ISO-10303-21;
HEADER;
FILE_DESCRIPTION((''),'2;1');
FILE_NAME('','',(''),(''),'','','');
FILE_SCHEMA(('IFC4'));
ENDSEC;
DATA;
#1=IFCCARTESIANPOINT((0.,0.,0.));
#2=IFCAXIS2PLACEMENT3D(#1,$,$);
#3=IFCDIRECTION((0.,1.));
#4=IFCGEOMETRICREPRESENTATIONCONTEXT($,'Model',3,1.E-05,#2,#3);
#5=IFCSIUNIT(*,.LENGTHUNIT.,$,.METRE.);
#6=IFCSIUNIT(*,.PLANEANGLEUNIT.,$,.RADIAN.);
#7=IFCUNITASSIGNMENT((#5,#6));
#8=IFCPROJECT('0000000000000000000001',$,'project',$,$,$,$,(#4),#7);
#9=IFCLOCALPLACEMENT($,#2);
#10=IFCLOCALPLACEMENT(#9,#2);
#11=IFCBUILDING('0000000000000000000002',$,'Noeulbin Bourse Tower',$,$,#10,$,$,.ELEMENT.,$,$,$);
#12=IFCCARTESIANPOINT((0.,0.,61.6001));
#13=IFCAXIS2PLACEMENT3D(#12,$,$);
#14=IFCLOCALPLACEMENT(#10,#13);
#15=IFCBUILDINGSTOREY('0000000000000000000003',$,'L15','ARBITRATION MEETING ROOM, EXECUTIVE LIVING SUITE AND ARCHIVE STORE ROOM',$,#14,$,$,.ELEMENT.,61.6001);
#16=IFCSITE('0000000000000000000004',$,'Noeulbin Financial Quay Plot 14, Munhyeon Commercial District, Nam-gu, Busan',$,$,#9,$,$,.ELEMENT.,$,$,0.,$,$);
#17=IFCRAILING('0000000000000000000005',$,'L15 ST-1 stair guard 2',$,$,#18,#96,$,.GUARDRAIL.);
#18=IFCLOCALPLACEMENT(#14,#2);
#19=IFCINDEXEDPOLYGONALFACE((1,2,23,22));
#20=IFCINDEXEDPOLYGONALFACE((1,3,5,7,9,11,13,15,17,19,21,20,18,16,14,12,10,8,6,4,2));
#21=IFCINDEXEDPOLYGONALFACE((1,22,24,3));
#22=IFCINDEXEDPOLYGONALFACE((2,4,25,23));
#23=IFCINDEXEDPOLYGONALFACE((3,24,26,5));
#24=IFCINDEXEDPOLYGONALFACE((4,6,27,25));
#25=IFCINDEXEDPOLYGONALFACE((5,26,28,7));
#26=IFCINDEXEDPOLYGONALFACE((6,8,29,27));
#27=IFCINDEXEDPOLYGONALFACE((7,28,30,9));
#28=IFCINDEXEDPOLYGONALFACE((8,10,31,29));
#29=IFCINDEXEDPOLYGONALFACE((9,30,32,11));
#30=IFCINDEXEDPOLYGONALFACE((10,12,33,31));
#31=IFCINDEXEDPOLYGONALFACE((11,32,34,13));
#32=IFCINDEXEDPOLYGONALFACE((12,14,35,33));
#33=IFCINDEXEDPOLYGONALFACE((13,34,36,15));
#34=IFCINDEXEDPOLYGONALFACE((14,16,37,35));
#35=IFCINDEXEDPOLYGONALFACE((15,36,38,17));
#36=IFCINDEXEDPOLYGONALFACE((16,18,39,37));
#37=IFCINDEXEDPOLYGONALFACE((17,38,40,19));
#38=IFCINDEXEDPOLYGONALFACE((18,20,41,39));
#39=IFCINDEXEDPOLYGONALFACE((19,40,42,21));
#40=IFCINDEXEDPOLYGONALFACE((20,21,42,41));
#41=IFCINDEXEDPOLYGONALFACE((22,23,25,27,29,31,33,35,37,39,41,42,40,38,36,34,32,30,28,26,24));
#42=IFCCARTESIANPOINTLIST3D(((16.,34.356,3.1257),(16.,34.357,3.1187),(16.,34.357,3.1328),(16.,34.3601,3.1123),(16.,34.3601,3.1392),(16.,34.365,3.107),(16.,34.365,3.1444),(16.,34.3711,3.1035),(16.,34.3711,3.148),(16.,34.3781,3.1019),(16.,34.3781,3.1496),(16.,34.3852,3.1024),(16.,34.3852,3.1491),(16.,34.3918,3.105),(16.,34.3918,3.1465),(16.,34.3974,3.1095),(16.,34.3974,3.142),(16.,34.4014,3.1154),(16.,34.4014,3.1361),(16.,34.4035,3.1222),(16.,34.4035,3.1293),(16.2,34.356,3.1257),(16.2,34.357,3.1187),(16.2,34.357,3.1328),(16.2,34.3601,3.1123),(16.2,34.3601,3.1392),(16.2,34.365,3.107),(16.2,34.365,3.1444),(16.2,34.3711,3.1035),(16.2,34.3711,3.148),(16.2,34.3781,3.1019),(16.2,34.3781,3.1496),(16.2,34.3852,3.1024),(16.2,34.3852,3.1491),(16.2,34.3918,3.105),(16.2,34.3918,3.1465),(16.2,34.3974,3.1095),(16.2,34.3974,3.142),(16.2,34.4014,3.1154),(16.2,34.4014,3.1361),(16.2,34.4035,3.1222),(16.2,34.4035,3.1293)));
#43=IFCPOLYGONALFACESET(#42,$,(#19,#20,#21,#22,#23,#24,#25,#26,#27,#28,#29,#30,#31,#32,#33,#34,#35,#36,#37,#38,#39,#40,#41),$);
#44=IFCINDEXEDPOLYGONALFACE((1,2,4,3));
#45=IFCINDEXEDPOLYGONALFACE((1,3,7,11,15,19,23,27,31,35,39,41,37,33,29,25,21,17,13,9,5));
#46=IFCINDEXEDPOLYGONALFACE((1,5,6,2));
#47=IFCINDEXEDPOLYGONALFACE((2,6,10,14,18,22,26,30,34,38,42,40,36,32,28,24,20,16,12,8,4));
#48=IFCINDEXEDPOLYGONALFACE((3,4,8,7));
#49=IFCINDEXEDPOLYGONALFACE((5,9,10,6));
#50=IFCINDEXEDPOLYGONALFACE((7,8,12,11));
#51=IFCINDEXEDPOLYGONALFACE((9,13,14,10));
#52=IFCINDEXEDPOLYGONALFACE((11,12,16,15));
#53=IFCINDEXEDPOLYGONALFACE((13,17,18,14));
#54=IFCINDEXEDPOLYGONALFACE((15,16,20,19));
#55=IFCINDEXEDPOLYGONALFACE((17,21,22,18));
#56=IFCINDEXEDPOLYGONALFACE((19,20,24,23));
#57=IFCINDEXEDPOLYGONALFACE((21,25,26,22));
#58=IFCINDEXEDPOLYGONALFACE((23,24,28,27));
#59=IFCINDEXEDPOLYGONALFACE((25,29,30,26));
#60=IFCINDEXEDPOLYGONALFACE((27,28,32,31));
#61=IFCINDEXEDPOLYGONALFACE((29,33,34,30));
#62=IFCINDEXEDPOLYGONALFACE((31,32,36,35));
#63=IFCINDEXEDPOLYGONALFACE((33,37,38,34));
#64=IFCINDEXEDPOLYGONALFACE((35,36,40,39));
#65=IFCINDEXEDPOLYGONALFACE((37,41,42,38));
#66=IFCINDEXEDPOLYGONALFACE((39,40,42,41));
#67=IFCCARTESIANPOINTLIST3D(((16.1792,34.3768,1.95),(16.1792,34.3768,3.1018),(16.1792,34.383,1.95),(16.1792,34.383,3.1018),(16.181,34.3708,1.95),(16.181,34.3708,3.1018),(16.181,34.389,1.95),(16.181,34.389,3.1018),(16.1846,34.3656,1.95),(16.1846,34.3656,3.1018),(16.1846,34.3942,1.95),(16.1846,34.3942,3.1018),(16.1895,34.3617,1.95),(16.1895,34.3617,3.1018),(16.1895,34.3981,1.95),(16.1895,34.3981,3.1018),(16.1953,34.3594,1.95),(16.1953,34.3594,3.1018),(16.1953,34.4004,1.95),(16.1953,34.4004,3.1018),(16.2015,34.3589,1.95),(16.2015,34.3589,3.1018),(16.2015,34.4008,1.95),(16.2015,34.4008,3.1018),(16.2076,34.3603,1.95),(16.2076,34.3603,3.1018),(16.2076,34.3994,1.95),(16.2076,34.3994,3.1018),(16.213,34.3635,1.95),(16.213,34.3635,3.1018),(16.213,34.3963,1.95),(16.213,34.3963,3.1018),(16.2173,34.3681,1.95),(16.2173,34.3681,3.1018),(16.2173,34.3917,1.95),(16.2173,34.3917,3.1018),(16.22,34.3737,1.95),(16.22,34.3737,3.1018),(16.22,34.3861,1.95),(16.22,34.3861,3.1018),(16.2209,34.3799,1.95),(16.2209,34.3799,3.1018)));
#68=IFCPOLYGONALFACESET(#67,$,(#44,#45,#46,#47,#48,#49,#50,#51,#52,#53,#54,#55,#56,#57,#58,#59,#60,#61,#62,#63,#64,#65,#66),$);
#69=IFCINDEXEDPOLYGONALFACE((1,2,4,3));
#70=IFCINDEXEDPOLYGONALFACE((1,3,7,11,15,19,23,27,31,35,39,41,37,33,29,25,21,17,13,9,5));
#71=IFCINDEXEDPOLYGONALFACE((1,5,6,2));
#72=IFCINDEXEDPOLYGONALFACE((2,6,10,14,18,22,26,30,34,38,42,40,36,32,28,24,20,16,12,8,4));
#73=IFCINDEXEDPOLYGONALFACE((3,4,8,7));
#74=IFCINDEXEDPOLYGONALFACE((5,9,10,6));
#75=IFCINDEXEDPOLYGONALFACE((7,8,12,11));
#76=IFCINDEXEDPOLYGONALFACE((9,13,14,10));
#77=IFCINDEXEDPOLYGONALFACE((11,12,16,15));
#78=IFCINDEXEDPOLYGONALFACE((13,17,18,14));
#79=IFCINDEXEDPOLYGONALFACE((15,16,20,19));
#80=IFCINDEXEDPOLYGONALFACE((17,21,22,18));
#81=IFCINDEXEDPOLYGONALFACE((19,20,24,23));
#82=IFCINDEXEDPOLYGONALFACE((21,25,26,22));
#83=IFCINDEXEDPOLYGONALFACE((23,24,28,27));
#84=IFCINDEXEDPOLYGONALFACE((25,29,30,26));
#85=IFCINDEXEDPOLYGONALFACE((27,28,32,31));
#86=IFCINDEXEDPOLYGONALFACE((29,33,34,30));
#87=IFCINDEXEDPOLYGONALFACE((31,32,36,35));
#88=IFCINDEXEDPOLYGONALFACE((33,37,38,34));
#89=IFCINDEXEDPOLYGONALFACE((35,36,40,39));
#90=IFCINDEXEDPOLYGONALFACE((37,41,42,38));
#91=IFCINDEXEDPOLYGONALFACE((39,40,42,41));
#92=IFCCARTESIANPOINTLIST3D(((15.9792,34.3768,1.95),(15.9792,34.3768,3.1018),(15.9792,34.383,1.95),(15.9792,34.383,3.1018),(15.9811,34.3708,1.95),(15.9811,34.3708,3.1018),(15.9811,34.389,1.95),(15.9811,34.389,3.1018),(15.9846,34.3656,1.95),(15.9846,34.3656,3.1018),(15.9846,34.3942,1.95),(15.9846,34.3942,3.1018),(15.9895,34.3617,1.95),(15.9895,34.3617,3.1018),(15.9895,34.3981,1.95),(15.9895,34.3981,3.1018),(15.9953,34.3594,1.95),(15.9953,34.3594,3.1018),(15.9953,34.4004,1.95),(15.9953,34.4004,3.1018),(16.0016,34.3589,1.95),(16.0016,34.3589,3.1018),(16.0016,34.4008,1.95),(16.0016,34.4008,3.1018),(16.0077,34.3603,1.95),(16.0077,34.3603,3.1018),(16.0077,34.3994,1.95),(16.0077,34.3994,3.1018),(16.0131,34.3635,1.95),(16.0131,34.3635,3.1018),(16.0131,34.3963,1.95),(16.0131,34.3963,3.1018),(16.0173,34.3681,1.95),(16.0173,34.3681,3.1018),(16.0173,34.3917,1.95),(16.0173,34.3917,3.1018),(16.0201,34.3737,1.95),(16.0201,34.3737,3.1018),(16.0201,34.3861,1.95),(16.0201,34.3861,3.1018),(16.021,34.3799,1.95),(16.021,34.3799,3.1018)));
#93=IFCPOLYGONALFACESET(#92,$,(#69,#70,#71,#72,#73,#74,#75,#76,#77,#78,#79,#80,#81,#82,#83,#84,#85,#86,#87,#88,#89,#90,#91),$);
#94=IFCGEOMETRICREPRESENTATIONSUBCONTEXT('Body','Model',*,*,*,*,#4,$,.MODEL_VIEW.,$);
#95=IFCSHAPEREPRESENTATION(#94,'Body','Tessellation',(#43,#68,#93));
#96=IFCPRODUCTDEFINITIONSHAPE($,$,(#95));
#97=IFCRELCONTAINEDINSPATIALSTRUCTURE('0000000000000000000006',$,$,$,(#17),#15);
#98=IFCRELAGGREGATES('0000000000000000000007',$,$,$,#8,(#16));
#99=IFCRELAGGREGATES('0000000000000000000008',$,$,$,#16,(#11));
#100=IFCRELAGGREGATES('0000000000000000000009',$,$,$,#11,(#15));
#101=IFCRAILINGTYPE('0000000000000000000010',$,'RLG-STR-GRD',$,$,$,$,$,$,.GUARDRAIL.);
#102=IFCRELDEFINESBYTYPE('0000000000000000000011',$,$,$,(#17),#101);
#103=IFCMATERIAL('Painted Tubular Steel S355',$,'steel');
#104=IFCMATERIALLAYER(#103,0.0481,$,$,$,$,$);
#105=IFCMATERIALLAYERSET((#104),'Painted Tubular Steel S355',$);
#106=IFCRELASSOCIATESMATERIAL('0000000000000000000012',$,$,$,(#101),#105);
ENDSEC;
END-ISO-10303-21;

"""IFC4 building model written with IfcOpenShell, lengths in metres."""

from ifc_helpers import new_model, si_unit, direction, frame, origin, origin_2d, place, context, subcontext, project, spatial, circle, extrude, material, layer, layer_set, type_object, element, save


model = new_model("IFC4")

# Units and contexts
model_context = context("Model", 3, precision=1e-05, world=origin(), true_north=direction((0.0, 1.0)))
body_context = subcontext(model_context, "Body", "Model", "MODEL_VIEW")
ifc_project = project(units=[si_unit("LENGTHUNIT", "METRE"), si_unit("PLANEANGLEUNIT", "RADIAN")], contexts=[model_context])

# Site, building, storey
site_placement = place(None, origin())
site = spatial("IfcSite", under=ifc_project, at=site_placement, Name="Noeulbin Financial Quay Plot 14, Munhyeon Commercial District, Nam-gu, Busan", CompositionType="ELEMENT", RefElevation=0.0)
building_placement = place(site_placement, origin())
building = spatial("IfcBuilding", under=site, at=building_placement, Name="Noeulbin Bourse Tower", CompositionType="ELEMENT")
storey_placement = place(building_placement, frame((0.0, 0.0, 61.6001)))
storey = spatial("IfcBuildingStorey", under=building, at=storey_placement, Name="L15", Description="ARBITRATION MEETING ROOM, EXECUTIVE LIVING SUITE AND ARCHIVE STORE ROOM", CompositionType="ELEMENT", Elevation=61.6001)

# Railing
ifc_material_1 = material(Name="Painted Tubular Steel S355", Category="steel")
ifc_layer_1 = layer(ifc_material_1, 0.0481)
ifc_layer_set_1 = layer_set([ifc_layer_1], Name="Painted Tubular Steel S355")
railing_type_1 = type_object("IfcRailingType", Name="RLG-STR-GRD", PredefinedType="GUARDRAIL", material=ifc_layer_set_1)
railing_1_placement = place(storey_placement, frame((16.2, 34.3799, 1.95)))
element("IfcRailing", 1, at=railing_1_placement, inside=storey, type_object=railing_type_1, Name="L15 ST-1 stair guard 2", PredefinedType="GUARDRAIL", context=body_context, shape_type="SweptSolid", body=[
    extrude(circle(Radius=0.0239, at=origin_2d()), frame((0.0, 0.0, 1.1758), z_axis=(-1.0, 0.0, 0.0), x_axis=(0.0, -1.0, 0.0)), (0.0, 0.0, 1.0), 0.2),
    extrude(circle(Radius=0.021, at=origin_2d()), origin(), (0.0, 0.0, 1.0), 1.1519),
    extrude(circle(Radius=0.021, at=origin_2d()), frame((-0.2, 0.0, 0.0)), (0.0, 0.0, 1.0), 1.1519),
])

save(model, "model.ifc")
